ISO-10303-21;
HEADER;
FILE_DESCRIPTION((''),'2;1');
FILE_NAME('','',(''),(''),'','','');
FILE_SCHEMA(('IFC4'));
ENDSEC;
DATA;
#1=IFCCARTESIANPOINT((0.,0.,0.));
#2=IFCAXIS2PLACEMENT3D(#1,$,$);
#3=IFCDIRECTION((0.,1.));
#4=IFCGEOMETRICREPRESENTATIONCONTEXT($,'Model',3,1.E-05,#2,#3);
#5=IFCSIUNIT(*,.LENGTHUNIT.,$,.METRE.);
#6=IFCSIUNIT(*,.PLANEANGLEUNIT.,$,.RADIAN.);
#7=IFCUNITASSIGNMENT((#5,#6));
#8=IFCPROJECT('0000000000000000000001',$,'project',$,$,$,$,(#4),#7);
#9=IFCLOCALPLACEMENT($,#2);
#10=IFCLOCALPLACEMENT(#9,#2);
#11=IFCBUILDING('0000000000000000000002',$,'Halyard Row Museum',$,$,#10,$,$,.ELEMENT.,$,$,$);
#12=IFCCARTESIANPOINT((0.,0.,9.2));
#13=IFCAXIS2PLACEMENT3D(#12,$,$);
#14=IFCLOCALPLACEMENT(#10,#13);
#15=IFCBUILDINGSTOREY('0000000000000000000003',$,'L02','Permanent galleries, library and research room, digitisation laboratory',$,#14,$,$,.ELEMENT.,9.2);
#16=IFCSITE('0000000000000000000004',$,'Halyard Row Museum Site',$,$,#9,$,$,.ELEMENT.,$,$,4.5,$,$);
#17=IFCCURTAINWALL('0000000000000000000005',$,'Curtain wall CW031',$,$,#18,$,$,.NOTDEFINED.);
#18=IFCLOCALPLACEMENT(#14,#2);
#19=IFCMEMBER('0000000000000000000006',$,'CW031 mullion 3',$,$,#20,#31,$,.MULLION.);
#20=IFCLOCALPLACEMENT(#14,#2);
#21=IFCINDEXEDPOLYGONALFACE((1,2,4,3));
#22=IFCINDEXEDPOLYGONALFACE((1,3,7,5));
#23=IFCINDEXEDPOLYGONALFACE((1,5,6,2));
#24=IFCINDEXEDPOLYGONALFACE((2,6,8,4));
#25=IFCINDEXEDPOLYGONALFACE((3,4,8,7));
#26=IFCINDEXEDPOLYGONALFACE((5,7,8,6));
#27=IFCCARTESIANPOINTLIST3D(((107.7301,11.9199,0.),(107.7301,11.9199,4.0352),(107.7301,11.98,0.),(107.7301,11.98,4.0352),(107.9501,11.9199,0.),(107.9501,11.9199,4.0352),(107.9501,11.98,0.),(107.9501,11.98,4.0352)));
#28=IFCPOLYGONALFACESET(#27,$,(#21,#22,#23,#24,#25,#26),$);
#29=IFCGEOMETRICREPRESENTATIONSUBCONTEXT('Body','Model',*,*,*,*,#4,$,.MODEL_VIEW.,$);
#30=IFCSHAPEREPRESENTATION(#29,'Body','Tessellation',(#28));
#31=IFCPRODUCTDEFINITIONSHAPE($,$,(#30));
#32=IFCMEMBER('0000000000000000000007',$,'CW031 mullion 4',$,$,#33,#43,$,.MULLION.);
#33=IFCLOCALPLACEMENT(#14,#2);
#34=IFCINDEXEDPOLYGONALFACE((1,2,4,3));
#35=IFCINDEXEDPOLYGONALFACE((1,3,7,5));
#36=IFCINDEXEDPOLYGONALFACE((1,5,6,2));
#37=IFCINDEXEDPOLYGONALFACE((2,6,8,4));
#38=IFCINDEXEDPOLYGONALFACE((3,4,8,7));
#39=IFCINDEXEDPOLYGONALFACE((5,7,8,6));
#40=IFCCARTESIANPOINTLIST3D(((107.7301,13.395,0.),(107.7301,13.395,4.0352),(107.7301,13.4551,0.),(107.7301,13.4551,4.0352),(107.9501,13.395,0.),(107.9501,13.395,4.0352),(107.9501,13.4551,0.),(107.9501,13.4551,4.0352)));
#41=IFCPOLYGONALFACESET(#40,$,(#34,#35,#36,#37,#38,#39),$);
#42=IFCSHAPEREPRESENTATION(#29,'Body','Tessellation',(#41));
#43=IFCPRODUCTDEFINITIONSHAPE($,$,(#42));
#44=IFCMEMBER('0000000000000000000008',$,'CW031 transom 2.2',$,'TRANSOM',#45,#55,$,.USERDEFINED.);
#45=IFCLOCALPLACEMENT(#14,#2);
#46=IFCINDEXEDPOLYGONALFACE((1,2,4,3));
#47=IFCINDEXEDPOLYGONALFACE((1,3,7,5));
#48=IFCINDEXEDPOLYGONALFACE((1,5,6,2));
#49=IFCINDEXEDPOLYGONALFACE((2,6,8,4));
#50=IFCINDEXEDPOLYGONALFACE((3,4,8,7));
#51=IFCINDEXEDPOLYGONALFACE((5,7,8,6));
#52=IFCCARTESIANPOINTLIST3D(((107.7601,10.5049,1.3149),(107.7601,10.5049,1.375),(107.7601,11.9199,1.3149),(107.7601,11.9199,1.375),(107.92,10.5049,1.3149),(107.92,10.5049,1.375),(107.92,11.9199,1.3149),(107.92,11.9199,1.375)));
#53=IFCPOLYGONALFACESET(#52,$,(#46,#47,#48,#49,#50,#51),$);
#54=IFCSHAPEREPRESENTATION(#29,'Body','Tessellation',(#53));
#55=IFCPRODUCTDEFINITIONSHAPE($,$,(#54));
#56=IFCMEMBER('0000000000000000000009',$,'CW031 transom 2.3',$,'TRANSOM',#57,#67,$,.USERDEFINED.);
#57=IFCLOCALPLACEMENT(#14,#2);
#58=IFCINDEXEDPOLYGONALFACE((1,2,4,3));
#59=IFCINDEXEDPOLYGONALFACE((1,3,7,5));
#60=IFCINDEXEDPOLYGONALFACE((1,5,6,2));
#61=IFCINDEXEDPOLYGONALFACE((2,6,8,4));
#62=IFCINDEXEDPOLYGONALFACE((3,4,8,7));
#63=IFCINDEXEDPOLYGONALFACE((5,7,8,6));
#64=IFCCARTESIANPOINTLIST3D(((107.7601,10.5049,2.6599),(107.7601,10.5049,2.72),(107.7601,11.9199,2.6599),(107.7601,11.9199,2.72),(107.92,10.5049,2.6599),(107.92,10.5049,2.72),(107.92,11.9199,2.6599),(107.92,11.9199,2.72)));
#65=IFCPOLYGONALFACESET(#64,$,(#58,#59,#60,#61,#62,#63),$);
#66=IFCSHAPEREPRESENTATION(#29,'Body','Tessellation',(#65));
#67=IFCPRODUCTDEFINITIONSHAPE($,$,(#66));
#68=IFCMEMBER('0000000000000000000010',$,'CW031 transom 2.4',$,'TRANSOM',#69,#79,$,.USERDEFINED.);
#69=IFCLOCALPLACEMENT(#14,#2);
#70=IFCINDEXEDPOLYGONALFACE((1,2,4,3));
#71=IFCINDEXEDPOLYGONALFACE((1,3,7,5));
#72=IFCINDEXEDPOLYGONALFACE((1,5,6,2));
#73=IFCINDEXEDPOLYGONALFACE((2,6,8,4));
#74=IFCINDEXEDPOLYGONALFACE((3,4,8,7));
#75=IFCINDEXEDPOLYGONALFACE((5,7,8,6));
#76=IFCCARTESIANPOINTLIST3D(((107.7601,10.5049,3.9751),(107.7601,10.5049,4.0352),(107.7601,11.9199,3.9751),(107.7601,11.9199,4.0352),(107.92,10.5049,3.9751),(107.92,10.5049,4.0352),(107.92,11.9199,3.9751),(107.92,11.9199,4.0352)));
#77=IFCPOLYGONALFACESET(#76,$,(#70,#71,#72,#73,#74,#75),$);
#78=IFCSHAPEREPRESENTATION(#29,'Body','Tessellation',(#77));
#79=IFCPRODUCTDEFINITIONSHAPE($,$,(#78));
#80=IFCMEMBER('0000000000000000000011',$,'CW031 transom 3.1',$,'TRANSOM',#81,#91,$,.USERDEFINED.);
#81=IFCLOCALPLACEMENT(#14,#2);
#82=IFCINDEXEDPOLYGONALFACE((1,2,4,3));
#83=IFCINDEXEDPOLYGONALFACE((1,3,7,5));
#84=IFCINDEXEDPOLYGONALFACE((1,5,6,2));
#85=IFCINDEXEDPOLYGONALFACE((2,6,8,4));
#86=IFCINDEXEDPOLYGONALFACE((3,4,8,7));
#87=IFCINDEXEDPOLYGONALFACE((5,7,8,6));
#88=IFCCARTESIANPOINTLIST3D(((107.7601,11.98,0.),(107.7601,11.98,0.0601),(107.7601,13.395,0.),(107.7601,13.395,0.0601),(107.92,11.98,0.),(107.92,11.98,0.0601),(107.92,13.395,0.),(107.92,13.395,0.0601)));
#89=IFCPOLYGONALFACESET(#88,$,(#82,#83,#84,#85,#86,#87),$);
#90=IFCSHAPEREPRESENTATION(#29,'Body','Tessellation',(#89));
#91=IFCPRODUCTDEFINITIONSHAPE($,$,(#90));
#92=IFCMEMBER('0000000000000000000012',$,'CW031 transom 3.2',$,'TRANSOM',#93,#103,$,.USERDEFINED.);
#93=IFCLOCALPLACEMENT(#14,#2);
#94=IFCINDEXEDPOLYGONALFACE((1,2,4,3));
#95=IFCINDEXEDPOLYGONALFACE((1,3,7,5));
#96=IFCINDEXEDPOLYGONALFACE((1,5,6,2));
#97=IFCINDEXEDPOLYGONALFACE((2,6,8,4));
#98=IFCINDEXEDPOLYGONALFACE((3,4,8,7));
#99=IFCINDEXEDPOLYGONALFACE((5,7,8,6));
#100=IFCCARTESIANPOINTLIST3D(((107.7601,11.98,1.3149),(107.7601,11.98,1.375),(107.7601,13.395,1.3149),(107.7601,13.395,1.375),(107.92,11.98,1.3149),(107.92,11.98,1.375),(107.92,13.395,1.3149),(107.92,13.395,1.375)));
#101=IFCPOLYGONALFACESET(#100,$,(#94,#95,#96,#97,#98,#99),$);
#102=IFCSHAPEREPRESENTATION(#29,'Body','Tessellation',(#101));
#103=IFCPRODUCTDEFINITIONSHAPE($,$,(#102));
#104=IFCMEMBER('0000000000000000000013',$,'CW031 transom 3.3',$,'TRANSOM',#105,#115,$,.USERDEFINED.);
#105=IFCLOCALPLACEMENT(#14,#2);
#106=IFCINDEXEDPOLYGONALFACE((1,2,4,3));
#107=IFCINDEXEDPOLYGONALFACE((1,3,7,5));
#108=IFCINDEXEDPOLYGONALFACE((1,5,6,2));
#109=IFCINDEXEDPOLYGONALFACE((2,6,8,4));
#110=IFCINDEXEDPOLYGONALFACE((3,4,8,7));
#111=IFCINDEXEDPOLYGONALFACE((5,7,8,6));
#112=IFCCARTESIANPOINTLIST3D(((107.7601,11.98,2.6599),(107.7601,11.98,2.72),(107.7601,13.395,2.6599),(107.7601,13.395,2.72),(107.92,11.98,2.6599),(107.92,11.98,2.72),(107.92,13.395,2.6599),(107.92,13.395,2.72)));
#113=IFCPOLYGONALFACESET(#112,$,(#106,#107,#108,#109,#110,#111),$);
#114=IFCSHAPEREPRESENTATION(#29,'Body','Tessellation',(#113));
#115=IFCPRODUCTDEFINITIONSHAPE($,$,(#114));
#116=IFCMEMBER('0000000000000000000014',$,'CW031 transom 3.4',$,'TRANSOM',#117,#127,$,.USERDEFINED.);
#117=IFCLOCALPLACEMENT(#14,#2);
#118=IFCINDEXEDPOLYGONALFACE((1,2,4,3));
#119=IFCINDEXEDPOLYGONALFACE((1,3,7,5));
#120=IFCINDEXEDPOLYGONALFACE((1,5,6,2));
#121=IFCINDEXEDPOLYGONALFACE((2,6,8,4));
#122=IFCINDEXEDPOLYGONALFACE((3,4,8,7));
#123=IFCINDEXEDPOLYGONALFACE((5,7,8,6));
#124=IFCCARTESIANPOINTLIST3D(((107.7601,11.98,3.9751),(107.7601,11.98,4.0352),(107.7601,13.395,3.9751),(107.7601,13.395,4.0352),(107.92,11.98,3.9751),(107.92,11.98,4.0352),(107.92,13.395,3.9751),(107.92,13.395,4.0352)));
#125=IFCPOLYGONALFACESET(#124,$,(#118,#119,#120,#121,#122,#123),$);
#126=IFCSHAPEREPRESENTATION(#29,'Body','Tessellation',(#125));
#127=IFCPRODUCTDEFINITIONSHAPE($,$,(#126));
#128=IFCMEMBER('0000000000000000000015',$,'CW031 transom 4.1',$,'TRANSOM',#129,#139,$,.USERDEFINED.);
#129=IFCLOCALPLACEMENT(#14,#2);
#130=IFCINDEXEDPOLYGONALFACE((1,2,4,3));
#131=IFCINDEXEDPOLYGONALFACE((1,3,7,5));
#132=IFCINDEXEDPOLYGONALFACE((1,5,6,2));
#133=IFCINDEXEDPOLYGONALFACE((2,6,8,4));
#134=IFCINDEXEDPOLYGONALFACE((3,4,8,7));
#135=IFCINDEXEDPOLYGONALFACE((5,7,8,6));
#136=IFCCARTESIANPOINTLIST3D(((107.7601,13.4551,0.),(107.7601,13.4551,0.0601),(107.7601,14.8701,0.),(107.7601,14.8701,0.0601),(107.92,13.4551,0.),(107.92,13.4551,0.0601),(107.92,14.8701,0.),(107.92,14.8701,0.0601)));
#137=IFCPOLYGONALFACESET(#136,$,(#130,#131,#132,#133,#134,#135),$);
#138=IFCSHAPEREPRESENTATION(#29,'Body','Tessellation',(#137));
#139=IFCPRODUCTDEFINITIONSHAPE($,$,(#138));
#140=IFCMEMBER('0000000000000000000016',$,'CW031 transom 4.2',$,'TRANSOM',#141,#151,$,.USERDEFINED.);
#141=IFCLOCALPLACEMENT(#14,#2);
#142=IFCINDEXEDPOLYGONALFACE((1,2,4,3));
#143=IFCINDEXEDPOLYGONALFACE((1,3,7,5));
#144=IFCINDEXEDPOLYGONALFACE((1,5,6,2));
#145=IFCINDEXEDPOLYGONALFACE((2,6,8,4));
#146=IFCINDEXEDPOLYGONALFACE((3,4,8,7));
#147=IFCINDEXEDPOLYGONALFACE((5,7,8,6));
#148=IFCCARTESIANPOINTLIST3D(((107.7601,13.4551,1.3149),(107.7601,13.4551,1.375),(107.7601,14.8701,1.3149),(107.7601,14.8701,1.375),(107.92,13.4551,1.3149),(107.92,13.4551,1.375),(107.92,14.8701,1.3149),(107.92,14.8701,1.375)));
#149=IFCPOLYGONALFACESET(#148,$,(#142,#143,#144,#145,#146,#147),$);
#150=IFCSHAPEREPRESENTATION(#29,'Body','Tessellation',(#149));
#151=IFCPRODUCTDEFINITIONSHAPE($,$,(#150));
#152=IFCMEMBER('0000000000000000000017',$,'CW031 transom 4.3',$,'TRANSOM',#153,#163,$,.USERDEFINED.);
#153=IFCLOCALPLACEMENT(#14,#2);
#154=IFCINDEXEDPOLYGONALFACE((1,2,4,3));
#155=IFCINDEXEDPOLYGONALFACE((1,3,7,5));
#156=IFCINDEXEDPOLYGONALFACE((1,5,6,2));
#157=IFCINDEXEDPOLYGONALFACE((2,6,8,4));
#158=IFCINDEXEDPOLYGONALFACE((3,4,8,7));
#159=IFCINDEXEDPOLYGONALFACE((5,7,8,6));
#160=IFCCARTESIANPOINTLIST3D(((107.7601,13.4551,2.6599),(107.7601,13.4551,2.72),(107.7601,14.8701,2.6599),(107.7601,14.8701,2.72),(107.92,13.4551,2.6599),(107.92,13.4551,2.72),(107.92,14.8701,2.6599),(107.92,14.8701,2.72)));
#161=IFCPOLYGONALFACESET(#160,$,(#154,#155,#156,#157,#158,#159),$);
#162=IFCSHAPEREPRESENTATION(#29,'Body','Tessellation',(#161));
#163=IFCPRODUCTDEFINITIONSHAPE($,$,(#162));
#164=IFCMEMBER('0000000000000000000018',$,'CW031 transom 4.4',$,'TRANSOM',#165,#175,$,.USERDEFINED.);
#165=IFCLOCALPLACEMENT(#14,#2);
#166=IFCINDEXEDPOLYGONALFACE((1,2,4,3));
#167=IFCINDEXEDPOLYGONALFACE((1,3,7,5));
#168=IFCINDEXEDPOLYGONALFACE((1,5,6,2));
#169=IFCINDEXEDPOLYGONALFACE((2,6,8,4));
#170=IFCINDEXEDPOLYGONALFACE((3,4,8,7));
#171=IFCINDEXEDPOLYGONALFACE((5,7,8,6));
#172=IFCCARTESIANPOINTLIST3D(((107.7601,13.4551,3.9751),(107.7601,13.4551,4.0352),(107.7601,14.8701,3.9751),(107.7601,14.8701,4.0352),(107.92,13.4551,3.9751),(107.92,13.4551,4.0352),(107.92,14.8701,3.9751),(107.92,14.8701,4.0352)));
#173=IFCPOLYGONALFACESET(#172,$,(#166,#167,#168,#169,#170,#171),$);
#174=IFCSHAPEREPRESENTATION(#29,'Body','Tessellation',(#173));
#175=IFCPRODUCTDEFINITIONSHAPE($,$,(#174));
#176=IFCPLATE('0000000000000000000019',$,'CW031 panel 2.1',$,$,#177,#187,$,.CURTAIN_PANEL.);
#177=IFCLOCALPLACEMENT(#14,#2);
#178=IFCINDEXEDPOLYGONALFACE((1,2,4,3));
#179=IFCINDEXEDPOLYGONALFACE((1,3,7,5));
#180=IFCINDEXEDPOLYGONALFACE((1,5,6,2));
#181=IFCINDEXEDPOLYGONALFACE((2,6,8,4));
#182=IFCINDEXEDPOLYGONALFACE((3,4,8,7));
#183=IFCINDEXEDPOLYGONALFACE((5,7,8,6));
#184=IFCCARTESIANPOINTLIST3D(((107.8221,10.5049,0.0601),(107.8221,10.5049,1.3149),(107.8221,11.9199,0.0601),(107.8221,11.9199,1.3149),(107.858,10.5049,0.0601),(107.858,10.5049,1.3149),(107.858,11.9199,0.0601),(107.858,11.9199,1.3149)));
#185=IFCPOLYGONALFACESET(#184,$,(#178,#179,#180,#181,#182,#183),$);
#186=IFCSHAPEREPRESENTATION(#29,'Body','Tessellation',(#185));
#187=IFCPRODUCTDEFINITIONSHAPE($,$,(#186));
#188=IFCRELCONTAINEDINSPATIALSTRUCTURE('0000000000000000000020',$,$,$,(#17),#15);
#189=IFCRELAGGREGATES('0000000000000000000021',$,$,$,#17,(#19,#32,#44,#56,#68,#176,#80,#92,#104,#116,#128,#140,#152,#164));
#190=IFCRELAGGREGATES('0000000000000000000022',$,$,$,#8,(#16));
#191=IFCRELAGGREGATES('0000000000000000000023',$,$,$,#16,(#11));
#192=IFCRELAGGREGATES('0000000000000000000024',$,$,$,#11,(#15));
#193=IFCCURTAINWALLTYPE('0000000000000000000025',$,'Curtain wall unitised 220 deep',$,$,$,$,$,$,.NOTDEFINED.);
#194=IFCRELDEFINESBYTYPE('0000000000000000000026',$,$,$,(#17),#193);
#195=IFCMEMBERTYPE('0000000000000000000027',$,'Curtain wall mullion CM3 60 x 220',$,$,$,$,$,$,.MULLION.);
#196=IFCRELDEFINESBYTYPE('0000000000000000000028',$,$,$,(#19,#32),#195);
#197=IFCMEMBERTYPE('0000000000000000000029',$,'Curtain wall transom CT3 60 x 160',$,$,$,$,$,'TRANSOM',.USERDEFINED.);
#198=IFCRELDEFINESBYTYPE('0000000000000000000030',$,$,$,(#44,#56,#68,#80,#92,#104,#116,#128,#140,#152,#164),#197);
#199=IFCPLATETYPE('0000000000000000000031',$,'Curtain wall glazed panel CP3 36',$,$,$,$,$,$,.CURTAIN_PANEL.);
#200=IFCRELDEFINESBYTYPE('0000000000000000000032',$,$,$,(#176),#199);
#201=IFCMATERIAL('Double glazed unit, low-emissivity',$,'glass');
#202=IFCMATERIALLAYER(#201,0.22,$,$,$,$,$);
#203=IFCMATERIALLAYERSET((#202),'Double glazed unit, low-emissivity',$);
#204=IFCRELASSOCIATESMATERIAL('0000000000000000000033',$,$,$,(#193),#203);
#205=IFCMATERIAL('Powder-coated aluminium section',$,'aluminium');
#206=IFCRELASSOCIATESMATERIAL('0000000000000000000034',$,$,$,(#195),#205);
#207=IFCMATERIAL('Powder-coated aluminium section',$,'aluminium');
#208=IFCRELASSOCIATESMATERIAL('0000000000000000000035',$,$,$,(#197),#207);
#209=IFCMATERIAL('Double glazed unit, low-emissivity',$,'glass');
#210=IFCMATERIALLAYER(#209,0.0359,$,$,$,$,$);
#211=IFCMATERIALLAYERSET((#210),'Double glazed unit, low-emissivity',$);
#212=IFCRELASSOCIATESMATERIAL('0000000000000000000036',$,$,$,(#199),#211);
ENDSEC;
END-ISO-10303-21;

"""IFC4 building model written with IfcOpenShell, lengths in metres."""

from ifc_helpers import new_model, si_unit, direction, frame, origin, origin_2d, place, context, subcontext, project, spatial, rectangle, extrude, material, layer, layer_set, material_profile, profile_set, type_object, element, aggregate, save


model = new_model("IFC4")

# Units and contexts
model_context = context("Model", 3, precision=1e-05, world=origin(), true_north=direction((0.0, 1.0)))
body_context = subcontext(model_context, "Body", "Model", "MODEL_VIEW")
ifc_project = project(units=[si_unit("LENGTHUNIT", "METRE"), si_unit("PLANEANGLEUNIT", "RADIAN")], contexts=[model_context])

# Site, building, storey
site_placement = place(None, origin())
site = spatial("IfcSite", under=ifc_project, at=site_placement, Name="Halyard Row Museum Site", CompositionType="ELEMENT", RefElevation=4.5)
building_placement = place(site_placement, origin())
building = spatial("IfcBuilding", under=site, at=building_placement, Name="Halyard Row Museum", CompositionType="ELEMENT")
storey_placement = place(building_placement, frame((0.0, 0.0, 9.2)))
storey = spatial("IfcBuildingStorey", under=building, at=storey_placement, Name="L02", Description="Permanent galleries, library and research room, digitisation laboratory", CompositionType="ELEMENT", Elevation=9.2)

# Curtain wall, members, plate
ifc_material_1 = material(Name="Double glazed unit, low-emissivity", Category="glass")
ifc_layer_1 = layer(ifc_material_1, 0.22)
ifc_layer_set_1 = layer_set([ifc_layer_1], Name="Double glazed unit, low-emissivity")
curtain_wall_type = type_object("IfcCurtainWallType", Name="Curtain wall unitised 220 deep", PredefinedType="NOTDEFINED", material=ifc_layer_set_1)
curtain_wall_placement = place(storey_placement, origin())
curtain_wall = element("IfcCurtainWall", 1, at=curtain_wall_placement, inside=storey, type_object=curtain_wall_type, Name="Curtain wall CW031", PredefinedType="NOTDEFINED")
ifc_material_2 = material(Name="Powder-coated aluminium section", Category="aluminium")
ifc_material_profile_1 = material_profile(ifc_material_2, rectangle(XDim=0.22, YDim=0.0601, at=origin_2d()), Name="220x60 mullion")
ifc_profile_set_1 = profile_set([ifc_material_profile_1], Name="Powder-coated aluminium section")
member_type_1 = type_object("IfcMemberType", Name="Curtain wall mullion CM3 60 x 220", PredefinedType="MULLION", material=ifc_profile_set_1)
member_1_placement = place(storey_placement, frame((107.8401, 11.95, 0.0), z_axis=(0.0, 0.0, 1.0), x_axis=(-1.0, 0.0, 0.0)))
member_1 = element("IfcMember", 2, at=member_1_placement, type_object=member_type_1, Name="CW031 mullion 3", PredefinedType="MULLION", context=body_context, shape_type="SweptSolid", body=[
    extrude(rectangle(XDim=0.22, YDim=0.0601, at=origin_2d()), origin(), (0.0, 0.0, 1.0), 4.0352),
])
member_2_placement = place(storey_placement, frame((107.8401, 13.425, 0.0), z_axis=(0.0, 0.0, 1.0), x_axis=(-1.0, 0.0, 0.0)))
member_2 = element("IfcMember", 3, at=member_2_placement, type_object=member_type_1, Name="CW031 mullion 4", PredefinedType="MULLION", context=body_context, shape_type="SweptSolid", body=[
    extrude(rectangle(XDim=0.22, YDim=0.0601, at=origin_2d()), origin(), (0.0, 0.0, 1.0), 4.0352),
])
ifc_material_3 = material(Name="Powder-coated aluminium section", Category="aluminium")
ifc_material_profile_2 = material_profile(ifc_material_3, rectangle(XDim=0.1599, YDim=0.0601, at=origin_2d()), Name="160x60 transom")
ifc_profile_set_2 = profile_set([ifc_material_profile_2], Name="Powder-coated aluminium section")
member_type_2 = type_object("IfcMemberType", Name="Curtain wall transom CT3 60 x 160", ElementType="TRANSOM", PredefinedType="USERDEFINED", material=ifc_profile_set_2)
member_3_placement = place(storey_placement, frame((107.8401, 10.5049, 1.345), z_axis=(0.0, 1.0, 0.0), x_axis=(-1.0, 0.0, 0.0)))
member_3 = element("IfcMember", 4, at=member_3_placement, type_object=member_type_2, Name="CW031 transom 2.2", ObjectType="TRANSOM", PredefinedType="USERDEFINED", context=body_context, shape_type="SweptSolid", body=[
    extrude(rectangle(XDim=0.1599, YDim=0.0601, at=origin_2d()), origin(), (0.0, 0.0, 1.0), 1.415),
])
member_4_placement = place(storey_placement, frame((107.8401, 10.5049, 2.6899), z_axis=(0.0, 1.0, 0.0), x_axis=(-1.0, 0.0, 0.0)))
member_4 = element("IfcMember", 5, at=member_4_placement, type_object=member_type_2, Name="CW031 transom 2.3", ObjectType="TRANSOM", PredefinedType="USERDEFINED", context=body_context, shape_type="SweptSolid", body=[
    extrude(rectangle(XDim=0.1599, YDim=0.0601, at=origin_2d()), origin(), (0.0, 0.0, 1.0), 1.415),
])
member_5_placement = place(storey_placement, frame((107.8401, 10.5049, 4.0051), z_axis=(0.0, 1.0, 0.0), x_axis=(-1.0, 0.0, 0.0)))
member_5 = element("IfcMember", 6, at=member_5_placement, type_object=member_type_2, Name="CW031 transom 2.4", ObjectType="TRANSOM", PredefinedType="USERDEFINED", context=body_context, shape_type="SweptSolid", body=[
    extrude(rectangle(XDim=0.1599, YDim=0.0601, at=origin_2d()), origin(), (0.0, 0.0, 1.0), 1.415),
])
member_6_placement = place(storey_placement, frame((107.8401, 11.98, 0.03), z_axis=(0.0, 1.0, 0.0), x_axis=(-1.0, 0.0, 0.0)))
member_6 = element("IfcMember", 7, at=member_6_placement, type_object=member_type_2, Name="CW031 transom 3.1", ObjectType="TRANSOM", PredefinedType="USERDEFINED", context=body_context, shape_type="SweptSolid", body=[
    extrude(rectangle(XDim=0.1599, YDim=0.0601, at=origin_2d()), origin(), (0.0, 0.0, 1.0), 1.415),
])
member_7_placement = place(storey_placement, frame((107.8401, 11.98, 1.345), z_axis=(0.0, 1.0, 0.0), x_axis=(-1.0, 0.0, 0.0)))
member_7 = element("IfcMember", 8, at=member_7_placement, type_object=member_type_2, Name="CW031 transom 3.2", ObjectType="TRANSOM", PredefinedType="USERDEFINED", context=body_context, shape_type="SweptSolid", body=[
    extrude(rectangle(XDim=0.1599, YDim=0.0601, at=origin_2d()), origin(), (0.0, 0.0, 1.0), 1.415),
])
member_8_placement = place(storey_placement, frame((107.8401, 11.98, 2.6899), z_axis=(0.0, 1.0, 0.0), x_axis=(-1.0, 0.0, 0.0)))
member_8 = element("IfcMember", 9, at=member_8_placement, type_object=member_type_2, Name="CW031 transom 3.3", ObjectType="TRANSOM", PredefinedType="USERDEFINED", context=body_context, shape_type="SweptSolid", body=[
    extrude(rectangle(XDim=0.1599, YDim=0.0601, at=origin_2d()), origin(), (0.0, 0.0, 1.0), 1.415),
])
member_9_placement = place(storey_placement, frame((107.8401, 11.98, 4.0051), z_axis=(0.0, 1.0, 0.0), x_axis=(-1.0, 0.0, 0.0)))
member_9 = element("IfcMember", 10, at=member_9_placement, type_object=member_type_2, Name="CW031 transom 3.4", ObjectType="TRANSOM", PredefinedType="USERDEFINED", context=body_context, shape_type="SweptSolid", body=[
    extrude(rectangle(XDim=0.1599, YDim=0.0601, at=origin_2d()), origin(), (0.0, 0.0, 1.0), 1.415),
])
member_10_placement = place(storey_placement, frame((107.8401, 13.4551, 0.03), z_axis=(0.0, 1.0, 0.0), x_axis=(-1.0, 0.0, 0.0)))
member_10 = element("IfcMember", 11, at=member_10_placement, type_object=member_type_2, Name="CW031 transom 4.1", ObjectType="TRANSOM", PredefinedType="USERDEFINED", context=body_context, shape_type="SweptSolid", body=[
    extrude(rectangle(XDim=0.1599, YDim=0.0601, at=origin_2d()), origin(), (0.0, 0.0, 1.0), 1.415),
])
member_11_placement = place(storey_placement, frame((107.8401, 13.4551, 1.345), z_axis=(0.0, 1.0, 0.0), x_axis=(-1.0, 0.0, 0.0)))
member_11 = element("IfcMember", 12, at=member_11_placement, type_object=member_type_2, Name="CW031 transom 4.2", ObjectType="TRANSOM", PredefinedType="USERDEFINED", context=body_context, shape_type="SweptSolid", body=[
    extrude(rectangle(XDim=0.1599, YDim=0.0601, at=origin_2d()), origin(), (0.0, 0.0, 1.0), 1.415),
])
member_12_placement = place(storey_placement, frame((107.8401, 13.4551, 2.6899), z_axis=(0.0, 1.0, 0.0), x_axis=(-1.0, 0.0, 0.0)))
member_12 = element("IfcMember", 13, at=member_12_placement, type_object=member_type_2, Name="CW031 transom 4.3", ObjectType="TRANSOM", PredefinedType="USERDEFINED", context=body_context, shape_type="SweptSolid", body=[
    extrude(rectangle(XDim=0.1599, YDim=0.0601, at=origin_2d()), origin(), (0.0, 0.0, 1.0), 1.415),
])
member_13_placement = place(storey_placement, frame((107.8401, 13.4551, 4.0051), z_axis=(0.0, 1.0, 0.0), x_axis=(-1.0, 0.0, 0.0)))
member_13 = element("IfcMember", 14, at=member_13_placement, type_object=member_type_2, Name="CW031 transom 4.4", ObjectType="TRANSOM", PredefinedType="USERDEFINED", context=body_context, shape_type="SweptSolid", body=[
    extrude(rectangle(XDim=0.1599, YDim=0.0601, at=origin_2d()), origin(), (0.0, 0.0, 1.0), 1.415),
])
ifc_material_4 = material(Name="Double glazed unit, low-emissivity", Category="glass")
ifc_layer_2 = layer(ifc_material_4, 0.0359)
ifc_layer_set_2 = layer_set([ifc_layer_2], Name="Double glazed unit, low-emissivity")
plate_type = type_object("IfcPlateType", Name="Curtain wall glazed panel CP3 36", PredefinedType="CURTAIN_PANEL", material=ifc_layer_set_2)
plate_1_placement = place(storey_placement, frame((107.8401, 11.2124, 0.0601), z_axis=(0.0, 0.0, 1.0), x_axis=(0.0, 1.0, 0.0)))
plate_1 = element("IfcPlate", 15, at=plate_1_placement, type_object=plate_type, Name="CW031 panel 2.1", PredefinedType="CURTAIN_PANEL", context=body_context, shape_type="SweptSolid", body=[
    extrude(rectangle(XDim=1.415, YDim=0.0359, at=origin_2d()), origin(), (0.0, 0.0, 1.0), 1.2549),
])
aggregate(curtain_wall, [member_1, member_2, member_3, member_4, member_5, plate_1, member_6, member_7, member_8, member_9, member_10, member_11, member_12, member_13])

save(model, "model.ifc")
